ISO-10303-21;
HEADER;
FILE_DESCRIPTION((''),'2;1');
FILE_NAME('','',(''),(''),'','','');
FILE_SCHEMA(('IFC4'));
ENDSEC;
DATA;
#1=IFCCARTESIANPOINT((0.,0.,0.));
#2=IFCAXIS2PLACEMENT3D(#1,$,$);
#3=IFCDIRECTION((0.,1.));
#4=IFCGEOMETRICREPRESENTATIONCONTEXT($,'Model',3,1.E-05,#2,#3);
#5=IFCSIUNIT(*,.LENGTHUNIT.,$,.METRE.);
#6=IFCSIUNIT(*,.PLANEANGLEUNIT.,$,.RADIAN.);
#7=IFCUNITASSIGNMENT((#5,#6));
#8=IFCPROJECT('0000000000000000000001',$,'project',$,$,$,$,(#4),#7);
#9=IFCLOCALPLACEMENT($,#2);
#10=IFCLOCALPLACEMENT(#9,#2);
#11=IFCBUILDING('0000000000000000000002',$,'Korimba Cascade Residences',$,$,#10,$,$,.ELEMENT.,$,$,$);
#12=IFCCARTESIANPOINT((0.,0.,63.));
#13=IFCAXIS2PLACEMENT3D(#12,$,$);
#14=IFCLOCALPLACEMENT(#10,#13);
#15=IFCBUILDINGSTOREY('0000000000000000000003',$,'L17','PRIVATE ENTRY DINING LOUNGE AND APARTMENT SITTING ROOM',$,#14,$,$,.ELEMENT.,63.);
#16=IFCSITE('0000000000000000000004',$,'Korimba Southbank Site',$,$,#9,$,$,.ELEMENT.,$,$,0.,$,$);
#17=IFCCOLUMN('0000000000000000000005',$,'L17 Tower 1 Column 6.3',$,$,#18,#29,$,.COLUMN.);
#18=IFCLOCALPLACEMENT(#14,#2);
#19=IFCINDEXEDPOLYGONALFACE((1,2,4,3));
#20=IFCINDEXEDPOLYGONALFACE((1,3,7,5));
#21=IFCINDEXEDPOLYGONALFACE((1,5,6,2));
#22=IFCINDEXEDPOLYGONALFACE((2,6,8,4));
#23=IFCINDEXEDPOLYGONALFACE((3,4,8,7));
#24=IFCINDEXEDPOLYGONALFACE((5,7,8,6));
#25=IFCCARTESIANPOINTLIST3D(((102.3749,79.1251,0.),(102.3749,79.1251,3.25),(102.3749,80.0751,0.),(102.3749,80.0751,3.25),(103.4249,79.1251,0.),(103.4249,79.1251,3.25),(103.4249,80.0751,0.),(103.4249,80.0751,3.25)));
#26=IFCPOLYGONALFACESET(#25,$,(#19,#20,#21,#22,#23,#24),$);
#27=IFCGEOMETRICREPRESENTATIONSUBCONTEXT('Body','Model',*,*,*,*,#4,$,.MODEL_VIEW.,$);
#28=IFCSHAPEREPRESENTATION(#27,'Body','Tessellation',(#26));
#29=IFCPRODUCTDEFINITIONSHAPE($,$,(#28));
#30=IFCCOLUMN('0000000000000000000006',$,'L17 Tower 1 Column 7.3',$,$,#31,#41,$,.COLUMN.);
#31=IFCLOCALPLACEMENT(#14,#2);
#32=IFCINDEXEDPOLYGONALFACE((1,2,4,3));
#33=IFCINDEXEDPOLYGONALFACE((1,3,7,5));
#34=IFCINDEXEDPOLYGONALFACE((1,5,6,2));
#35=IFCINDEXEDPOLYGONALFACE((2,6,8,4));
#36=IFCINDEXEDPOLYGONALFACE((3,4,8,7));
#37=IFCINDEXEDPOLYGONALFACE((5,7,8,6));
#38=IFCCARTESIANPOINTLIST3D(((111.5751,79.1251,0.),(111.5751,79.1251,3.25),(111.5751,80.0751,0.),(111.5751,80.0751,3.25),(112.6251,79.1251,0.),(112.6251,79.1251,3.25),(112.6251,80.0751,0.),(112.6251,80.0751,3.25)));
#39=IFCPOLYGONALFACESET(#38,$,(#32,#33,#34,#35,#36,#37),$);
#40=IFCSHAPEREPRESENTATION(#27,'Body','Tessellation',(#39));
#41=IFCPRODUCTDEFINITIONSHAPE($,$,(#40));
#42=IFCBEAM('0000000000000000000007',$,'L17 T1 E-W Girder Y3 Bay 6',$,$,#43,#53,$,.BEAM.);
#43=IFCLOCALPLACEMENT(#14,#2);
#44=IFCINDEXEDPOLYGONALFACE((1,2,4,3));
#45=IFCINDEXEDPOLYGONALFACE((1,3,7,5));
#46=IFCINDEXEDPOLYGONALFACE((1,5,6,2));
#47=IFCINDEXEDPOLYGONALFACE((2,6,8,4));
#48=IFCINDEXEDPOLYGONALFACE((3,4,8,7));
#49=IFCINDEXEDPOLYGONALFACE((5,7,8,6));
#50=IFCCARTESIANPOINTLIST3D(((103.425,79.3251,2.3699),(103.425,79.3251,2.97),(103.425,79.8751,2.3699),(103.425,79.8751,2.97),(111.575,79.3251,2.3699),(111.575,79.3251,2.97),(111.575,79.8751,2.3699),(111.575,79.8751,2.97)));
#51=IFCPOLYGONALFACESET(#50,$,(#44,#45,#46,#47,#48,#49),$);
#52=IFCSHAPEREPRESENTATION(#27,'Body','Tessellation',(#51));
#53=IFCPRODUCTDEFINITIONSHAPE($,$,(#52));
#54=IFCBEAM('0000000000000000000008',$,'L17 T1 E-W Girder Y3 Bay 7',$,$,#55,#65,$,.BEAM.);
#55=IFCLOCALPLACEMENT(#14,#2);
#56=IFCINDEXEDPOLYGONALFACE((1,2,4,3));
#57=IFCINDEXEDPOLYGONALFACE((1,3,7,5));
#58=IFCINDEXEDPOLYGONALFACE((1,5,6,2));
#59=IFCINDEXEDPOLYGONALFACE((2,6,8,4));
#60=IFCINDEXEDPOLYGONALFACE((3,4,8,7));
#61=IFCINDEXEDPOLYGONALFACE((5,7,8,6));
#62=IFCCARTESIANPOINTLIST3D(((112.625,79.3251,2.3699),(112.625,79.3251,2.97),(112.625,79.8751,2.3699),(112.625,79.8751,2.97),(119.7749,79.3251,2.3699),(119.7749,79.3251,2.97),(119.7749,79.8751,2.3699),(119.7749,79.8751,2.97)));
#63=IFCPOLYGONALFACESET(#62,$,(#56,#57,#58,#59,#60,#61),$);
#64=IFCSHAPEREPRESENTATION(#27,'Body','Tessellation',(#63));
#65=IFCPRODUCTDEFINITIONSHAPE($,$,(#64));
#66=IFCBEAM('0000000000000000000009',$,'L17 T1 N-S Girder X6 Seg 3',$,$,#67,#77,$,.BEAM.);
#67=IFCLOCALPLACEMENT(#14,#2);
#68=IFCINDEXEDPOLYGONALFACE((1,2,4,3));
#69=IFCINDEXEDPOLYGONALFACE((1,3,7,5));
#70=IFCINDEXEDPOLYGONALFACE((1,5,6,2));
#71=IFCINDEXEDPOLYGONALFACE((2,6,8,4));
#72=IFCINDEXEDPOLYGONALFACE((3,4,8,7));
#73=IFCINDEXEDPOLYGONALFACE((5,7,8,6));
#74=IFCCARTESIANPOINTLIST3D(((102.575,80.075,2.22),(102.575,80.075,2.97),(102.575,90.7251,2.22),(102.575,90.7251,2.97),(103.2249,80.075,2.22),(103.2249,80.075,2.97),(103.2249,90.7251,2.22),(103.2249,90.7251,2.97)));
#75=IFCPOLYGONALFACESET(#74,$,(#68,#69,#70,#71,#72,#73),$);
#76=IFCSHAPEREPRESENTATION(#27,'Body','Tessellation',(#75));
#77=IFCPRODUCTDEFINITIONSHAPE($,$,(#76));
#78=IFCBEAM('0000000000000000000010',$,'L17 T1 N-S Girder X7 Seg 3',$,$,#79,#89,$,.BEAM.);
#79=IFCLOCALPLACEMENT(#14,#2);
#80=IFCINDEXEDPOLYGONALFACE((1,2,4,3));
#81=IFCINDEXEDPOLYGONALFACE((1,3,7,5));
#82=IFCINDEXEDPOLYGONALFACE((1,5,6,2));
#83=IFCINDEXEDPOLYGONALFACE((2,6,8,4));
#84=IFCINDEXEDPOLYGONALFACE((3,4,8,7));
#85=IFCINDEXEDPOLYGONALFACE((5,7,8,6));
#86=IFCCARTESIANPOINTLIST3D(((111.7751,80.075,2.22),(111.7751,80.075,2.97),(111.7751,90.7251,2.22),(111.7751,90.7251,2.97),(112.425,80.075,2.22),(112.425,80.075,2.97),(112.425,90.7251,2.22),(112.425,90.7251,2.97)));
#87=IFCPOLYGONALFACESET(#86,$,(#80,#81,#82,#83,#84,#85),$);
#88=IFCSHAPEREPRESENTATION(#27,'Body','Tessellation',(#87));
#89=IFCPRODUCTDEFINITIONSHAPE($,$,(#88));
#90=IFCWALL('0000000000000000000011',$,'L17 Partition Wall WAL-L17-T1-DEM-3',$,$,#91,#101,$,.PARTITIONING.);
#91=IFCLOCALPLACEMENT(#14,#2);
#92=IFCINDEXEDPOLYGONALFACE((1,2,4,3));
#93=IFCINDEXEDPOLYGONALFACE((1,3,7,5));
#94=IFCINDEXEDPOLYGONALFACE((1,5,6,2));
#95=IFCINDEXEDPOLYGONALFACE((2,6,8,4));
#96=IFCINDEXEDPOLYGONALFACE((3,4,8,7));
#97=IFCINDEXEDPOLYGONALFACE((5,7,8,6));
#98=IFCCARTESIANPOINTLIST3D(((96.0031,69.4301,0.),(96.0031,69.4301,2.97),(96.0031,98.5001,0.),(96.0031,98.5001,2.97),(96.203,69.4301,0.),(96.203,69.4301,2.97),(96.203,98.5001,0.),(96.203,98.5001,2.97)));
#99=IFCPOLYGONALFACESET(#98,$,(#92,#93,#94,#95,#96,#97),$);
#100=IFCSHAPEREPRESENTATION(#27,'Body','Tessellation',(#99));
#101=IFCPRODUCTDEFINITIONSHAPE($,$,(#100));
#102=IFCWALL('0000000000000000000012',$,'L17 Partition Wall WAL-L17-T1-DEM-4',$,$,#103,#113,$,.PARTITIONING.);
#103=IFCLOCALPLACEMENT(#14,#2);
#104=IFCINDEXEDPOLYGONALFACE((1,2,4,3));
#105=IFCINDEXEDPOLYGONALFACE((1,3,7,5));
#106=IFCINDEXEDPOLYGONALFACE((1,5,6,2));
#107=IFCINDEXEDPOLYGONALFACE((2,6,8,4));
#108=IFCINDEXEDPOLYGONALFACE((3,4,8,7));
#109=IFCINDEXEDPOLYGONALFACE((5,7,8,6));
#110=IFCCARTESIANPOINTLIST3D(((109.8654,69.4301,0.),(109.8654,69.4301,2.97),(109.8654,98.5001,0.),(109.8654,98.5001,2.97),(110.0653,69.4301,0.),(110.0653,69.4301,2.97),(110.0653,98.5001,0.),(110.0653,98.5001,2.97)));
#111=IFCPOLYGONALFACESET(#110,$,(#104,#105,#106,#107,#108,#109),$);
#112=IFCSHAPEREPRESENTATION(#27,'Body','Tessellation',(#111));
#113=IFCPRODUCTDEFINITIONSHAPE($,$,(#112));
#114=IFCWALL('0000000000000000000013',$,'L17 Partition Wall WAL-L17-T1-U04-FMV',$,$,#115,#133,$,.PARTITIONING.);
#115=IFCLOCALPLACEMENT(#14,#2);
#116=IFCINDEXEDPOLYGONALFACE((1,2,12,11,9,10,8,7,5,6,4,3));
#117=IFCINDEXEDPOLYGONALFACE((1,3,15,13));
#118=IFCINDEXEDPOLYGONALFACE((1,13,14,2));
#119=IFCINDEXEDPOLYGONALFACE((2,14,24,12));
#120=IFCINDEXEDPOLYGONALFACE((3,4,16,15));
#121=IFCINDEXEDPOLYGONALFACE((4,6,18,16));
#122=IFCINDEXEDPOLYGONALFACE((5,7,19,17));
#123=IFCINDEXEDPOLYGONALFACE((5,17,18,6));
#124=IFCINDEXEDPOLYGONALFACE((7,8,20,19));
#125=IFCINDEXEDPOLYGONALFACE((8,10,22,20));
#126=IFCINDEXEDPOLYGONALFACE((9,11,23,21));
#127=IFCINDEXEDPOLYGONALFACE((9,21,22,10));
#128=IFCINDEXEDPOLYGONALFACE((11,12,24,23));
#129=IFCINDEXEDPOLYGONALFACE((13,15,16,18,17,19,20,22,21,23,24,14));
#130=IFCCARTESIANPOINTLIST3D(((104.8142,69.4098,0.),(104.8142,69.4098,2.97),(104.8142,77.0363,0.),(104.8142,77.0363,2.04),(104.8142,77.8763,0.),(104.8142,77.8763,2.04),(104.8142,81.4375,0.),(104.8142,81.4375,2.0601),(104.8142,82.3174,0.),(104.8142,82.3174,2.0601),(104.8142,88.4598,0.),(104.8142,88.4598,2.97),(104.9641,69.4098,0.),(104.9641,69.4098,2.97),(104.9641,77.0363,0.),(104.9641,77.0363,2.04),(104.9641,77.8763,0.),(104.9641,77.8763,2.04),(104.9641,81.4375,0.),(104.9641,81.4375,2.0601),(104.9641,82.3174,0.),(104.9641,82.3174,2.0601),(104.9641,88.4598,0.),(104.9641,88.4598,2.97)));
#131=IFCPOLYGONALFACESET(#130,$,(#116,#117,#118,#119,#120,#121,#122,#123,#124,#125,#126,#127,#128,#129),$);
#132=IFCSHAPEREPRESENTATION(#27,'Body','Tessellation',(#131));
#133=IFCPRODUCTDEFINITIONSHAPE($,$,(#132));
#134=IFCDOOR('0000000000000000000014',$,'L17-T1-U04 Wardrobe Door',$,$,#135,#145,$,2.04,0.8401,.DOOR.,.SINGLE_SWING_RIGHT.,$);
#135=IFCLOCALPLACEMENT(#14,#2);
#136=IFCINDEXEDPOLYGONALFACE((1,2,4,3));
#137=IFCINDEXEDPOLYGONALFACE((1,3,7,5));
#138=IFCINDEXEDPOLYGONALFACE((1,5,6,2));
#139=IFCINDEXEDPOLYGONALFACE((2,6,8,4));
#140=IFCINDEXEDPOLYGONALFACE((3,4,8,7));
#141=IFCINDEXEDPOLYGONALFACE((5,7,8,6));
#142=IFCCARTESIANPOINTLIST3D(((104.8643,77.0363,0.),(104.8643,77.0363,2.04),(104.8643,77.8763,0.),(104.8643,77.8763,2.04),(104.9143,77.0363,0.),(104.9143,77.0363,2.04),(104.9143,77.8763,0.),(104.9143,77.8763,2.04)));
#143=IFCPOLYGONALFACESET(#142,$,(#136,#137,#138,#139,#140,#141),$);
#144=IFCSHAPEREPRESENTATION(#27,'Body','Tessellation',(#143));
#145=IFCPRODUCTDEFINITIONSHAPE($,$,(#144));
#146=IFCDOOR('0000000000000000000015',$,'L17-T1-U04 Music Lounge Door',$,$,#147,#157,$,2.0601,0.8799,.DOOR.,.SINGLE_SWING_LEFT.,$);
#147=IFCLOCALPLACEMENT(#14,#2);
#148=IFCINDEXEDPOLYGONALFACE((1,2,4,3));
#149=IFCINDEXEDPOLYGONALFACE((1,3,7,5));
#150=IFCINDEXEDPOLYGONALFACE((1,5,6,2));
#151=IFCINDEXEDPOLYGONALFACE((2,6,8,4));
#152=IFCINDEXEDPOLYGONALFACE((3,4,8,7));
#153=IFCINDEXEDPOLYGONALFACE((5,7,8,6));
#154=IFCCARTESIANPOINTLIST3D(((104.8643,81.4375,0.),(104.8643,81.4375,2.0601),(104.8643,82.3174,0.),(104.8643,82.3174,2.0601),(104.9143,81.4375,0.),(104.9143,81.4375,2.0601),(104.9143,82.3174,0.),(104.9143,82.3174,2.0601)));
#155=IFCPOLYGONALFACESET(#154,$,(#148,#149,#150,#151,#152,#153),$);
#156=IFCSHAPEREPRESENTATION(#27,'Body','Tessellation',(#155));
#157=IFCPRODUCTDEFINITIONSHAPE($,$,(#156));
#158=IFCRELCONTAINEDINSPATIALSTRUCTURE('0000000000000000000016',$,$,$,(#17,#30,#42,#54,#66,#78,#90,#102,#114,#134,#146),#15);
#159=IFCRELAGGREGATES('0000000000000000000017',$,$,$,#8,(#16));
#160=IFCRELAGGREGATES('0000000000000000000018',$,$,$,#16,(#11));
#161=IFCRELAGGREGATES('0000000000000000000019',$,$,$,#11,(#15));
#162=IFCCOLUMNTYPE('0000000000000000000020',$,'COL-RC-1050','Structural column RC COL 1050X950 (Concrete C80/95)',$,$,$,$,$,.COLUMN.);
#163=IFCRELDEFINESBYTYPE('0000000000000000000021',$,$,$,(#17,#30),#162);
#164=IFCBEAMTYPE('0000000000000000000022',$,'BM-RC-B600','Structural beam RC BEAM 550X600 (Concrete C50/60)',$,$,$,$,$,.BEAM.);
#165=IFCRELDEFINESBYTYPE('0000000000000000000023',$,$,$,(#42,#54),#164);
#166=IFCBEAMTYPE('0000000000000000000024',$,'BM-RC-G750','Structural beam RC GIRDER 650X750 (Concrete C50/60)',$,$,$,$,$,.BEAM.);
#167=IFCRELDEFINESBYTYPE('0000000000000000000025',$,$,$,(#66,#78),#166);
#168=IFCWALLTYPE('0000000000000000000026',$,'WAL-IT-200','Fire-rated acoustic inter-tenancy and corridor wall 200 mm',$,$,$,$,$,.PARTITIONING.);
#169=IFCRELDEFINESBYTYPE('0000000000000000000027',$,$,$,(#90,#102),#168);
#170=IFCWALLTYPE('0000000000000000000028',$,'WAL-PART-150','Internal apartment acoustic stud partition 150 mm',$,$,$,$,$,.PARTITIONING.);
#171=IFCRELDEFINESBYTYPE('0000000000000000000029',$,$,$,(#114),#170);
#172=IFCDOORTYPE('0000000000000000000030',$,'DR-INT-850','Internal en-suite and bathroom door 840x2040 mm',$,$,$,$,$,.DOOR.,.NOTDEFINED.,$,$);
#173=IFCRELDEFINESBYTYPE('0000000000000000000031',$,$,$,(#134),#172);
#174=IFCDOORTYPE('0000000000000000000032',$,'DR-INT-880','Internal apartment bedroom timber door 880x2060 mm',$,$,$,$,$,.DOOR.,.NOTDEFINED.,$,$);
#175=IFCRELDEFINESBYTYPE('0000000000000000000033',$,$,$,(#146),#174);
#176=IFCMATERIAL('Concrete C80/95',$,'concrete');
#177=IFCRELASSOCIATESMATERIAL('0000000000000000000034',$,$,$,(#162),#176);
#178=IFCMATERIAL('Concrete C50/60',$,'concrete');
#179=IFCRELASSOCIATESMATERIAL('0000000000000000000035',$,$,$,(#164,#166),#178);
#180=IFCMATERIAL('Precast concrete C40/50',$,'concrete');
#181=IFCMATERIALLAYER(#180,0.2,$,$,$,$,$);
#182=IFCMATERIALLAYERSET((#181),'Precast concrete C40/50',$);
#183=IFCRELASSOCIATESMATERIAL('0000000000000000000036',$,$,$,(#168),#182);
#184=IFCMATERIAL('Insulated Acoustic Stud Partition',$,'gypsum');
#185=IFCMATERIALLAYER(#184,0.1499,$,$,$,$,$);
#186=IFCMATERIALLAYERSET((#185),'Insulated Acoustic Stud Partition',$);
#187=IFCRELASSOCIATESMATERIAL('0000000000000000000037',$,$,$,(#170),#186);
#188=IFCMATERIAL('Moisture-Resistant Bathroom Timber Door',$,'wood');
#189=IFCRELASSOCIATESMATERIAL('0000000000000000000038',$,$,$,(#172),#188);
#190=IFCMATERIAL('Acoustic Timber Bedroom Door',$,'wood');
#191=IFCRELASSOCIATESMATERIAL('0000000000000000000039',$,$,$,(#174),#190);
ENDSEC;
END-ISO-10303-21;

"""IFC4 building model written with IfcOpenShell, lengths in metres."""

from ifc_helpers import new_model, si_unit, direction, frame, frame_2d, origin, origin_2d, place, context, subcontext, project, spatial, rectangle, extrude, material, layer, layer_set, material_profile, profile_set, type_object, element, fill, save


model = new_model("IFC4")

# Units and contexts
model_context = context("Model", 3, precision=1e-05, world=origin(), true_north=direction((0.0, 1.0)))
body_context = subcontext(model_context, "Body", "Model", "MODEL_VIEW")
ifc_project = project(units=[si_unit("LENGTHUNIT", "METRE"), si_unit("PLANEANGLEUNIT", "RADIAN")], contexts=[model_context])

# Site, building, storey
site_placement = place(None, origin())
site = spatial("IfcSite", under=ifc_project, at=site_placement, Name="Korimba Southbank Site", CompositionType="ELEMENT", RefElevation=0.0)
building_placement = place(site_placement, origin())
building = spatial("IfcBuilding", under=site, at=building_placement, Name="Korimba Cascade Residences", CompositionType="ELEMENT")
storey_placement = place(building_placement, frame((0.0, 0.0, 63.0)))
storey = spatial("IfcBuildingStorey", under=building, at=storey_placement, Name="L17", Description="PRIVATE ENTRY DINING LOUNGE AND APARTMENT SITTING ROOM", CompositionType="ELEMENT", Elevation=63.0)

# Columns
ifc_material_1 = material(Name="Concrete C80/95", Category="concrete")
ifc_material_profile_1 = material_profile(ifc_material_1, rectangle(XDim=1.05, YDim=0.95, at=origin_2d()), Name="Concrete C80/95")
ifc_profile_set_1 = profile_set([ifc_material_profile_1], Name="Concrete C80/95")
column_type = type_object("IfcColumnType", Name="COL-RC-1050", Description="Structural column RC COL 1050X950 (Concrete C80/95)", PredefinedType="COLUMN", material=ifc_profile_set_1)
for number, where, z_axis, x_axis, name in (
    (1, (102.8999, 79.6001, 0.0), (0.0, 0.0, 1.0), (1.0, 0.0, 0.0), "L17 Tower 1 Column 6.3"),
    (2, (112.1001, 79.6001, 0.0), (0.0, 0.0, 1.0), (1.0, 0.0, 0.0), "L17 Tower 1 Column 7.3"),
):
    element("IfcColumn", number, at=place(storey_placement, frame(where, z_axis=z_axis, x_axis=x_axis)), inside=storey, type_object=column_type, Name=name, PredefinedType="COLUMN", context=body_context, shape_type="SweptSolid", body=[
        extrude(rectangle(XDim=1.05, YDim=0.95, at=origin_2d()), origin(), (0.0, 0.0, 1.0), 3.25),
    ])

# Beams
ifc_material_2 = material(Name="Concrete C50/60", Category="concrete")
ifc_material_profile_2 = material_profile(ifc_material_2, rectangle(XDim=0.55, YDim=0.6001, at=origin_2d()), Name="Concrete C50/60")
ifc_profile_set_2 = profile_set([ifc_material_profile_2], Name="Concrete C50/60")
beam_type_1 = type_object("IfcBeamType", Name="BM-RC-B600", Description="Structural beam RC BEAM 550X600 (Concrete C50/60)", PredefinedType="BEAM", material=ifc_profile_set_2)
beam_1_placement = place(storey_placement, frame((103.425, 79.6001, 2.6699), z_axis=(1.0, 0.0, 0.0), x_axis=(0.0, 1.0, 0.0)))
element("IfcBeam", 3, at=beam_1_placement, inside=storey, type_object=beam_type_1, Name="L17 T1 E-W Girder Y3 Bay 6", PredefinedType="BEAM", context=body_context, shape_type="SweptSolid", body=[
    extrude(rectangle(XDim=0.55, YDim=0.6001, at=origin_2d()), origin(), (0.0, 0.0, 1.0), 8.1499),
])
beam_2_placement = place(storey_placement, frame((112.625, 79.6001, 2.6699), z_axis=(1.0, 0.0, 0.0), x_axis=(0.0, 1.0, 0.0)))
element("IfcBeam", 4, at=beam_2_placement, inside=storey, type_object=beam_type_1, Name="L17 T1 E-W Girder Y3 Bay 7", PredefinedType="BEAM", context=body_context, shape_type="SweptSolid", body=[
    extrude(rectangle(XDim=0.55, YDim=0.6001, at=origin_2d()), origin(), (0.0, 0.0, 1.0), 7.1499),
])
ifc_material_profile_3 = material_profile(ifc_material_2, rectangle(XDim=0.6499, YDim=0.75, at=origin_2d()), Name="Concrete C50/60")
ifc_profile_set_3 = profile_set([ifc_material_profile_3], Name="Concrete C50/60")
beam_type_2 = type_object("IfcBeamType", Name="BM-RC-G750", Description="Structural beam RC GIRDER 650X750 (Concrete C50/60)", PredefinedType="BEAM", material=ifc_profile_set_3)
for number, where, z_axis, x_axis, name in (
    (5, (102.8999, 80.075, 2.595), (0.0, 1.0, 0.0), (-1.0, 0.0, 0.0), "L17 T1 N-S Girder X6 Seg 3"),
    (6, (112.1001, 80.075, 2.595), (0.0, 1.0, 0.0), (-1.0, 0.0, 0.0), "L17 T1 N-S Girder X7 Seg 3"),
):
    element("IfcBeam", number, at=place(storey_placement, frame(where, z_axis=z_axis, x_axis=x_axis)), inside=storey, type_object=beam_type_2, Name=name, PredefinedType="BEAM", context=body_context, shape_type="SweptSolid", body=[
        extrude(rectangle(XDim=0.6499, YDim=0.75, at=origin_2d()), origin(), (0.0, 0.0, 1.0), 10.6501),
    ])

# Walls
ifc_material_3 = material(Name="Precast concrete C40/50", Category="concrete")
ifc_layer_1 = layer(ifc_material_3, 0.2)
ifc_layer_set_1 = layer_set([ifc_layer_1], Name="Precast concrete C40/50")
wall_type_1 = type_object("IfcWallType", Name="WAL-IT-200", Description="Fire-rated acoustic inter-tenancy and corridor wall 200 mm", PredefinedType="PARTITIONING", material=ifc_layer_set_1)
for number, where, z_axis, x_axis, name in (
    (7, (96.103, 69.4299, 0.0), (0.0, 0.0, 1.0), (0.0, 1.0, 0.0), "L17 Partition Wall WAL-L17-T1-DEM-3"),
    (8, (109.9653, 69.4299, 0.0), (0.0, 0.0, 1.0), (0.0, 1.0, 0.0), "L17 Partition Wall WAL-L17-T1-DEM-4"),
):
    element("IfcWall", number, at=place(storey_placement, frame(where, z_axis=z_axis, x_axis=x_axis)), inside=storey, type_object=wall_type_1, Name=name, PredefinedType="PARTITIONING", context=body_context, shape_type="SweptSolid", body=[
        extrude(rectangle(XDim=29.0701, YDim=0.2, at=frame_2d((14.5352, 0.0))), origin(), (0.0, 0.0, 1.0), 2.97),
    ])

# Wall, openings, doors
ifc_material_4 = material(Name="Insulated Acoustic Stud Partition", Category="gypsum")
ifc_layer_2 = layer(ifc_material_4, 0.1499)
ifc_layer_set_2 = layer_set([ifc_layer_2], Name="Insulated Acoustic Stud Partition")
wall_type_2 = type_object("IfcWallType", Name="WAL-PART-150", Description="Internal apartment acoustic stud partition 150 mm", PredefinedType="PARTITIONING", material=ifc_layer_set_2)
wall_1_placement = place(storey_placement, frame((104.8892, 69.4099, 0.0), z_axis=(0.0, 0.0, 1.0), x_axis=(0.0, 1.0, 0.0)))
wall_1 = element("IfcWall", 9, at=wall_1_placement, inside=storey, type_object=wall_type_2, Name="L17 Partition Wall WAL-L17-T1-U04-FMV", PredefinedType="PARTITIONING", context=body_context, shape_type="SweptSolid", body=[
    extrude(rectangle(XDim=19.05, YDim=0.1499, at=frame_2d((9.5249, 0.0))), origin(), (0.0, 0.0, 1.0), 2.97),
])
opening_1_placement = place(wall_1_placement, frame((7.6265, 0.0, 0.0)))
opening_1 = element("IfcOpeningElement", 10, at=opening_1_placement, cuts=wall_1, PredefinedType="OPENING", context=body_context, shape_type="SweptSolid", body=[
    extrude(rectangle(XDim=0.8401, YDim=2.04, at=frame_2d((0.4199, 1.02))), frame((0.0, 0.085, 0.0), z_axis=(0.0, -1.0, 0.0), x_axis=(1.0, 0.0, 0.0)), (0.0, 0.0, 1.0), 0.1699),
])
opening_2_placement = place(wall_1_placement, frame((12.0276, 0.0, 0.0)))
opening_2 = element("IfcOpeningElement", 11, at=opening_2_placement, cuts=wall_1, PredefinedType="OPENING", context=body_context, shape_type="SweptSolid", body=[
    extrude(rectangle(XDim=0.8799, YDim=2.0601, at=frame_2d((0.4399, 1.03))), frame((0.0, 0.085, 0.0), z_axis=(0.0, -1.0, 0.0), x_axis=(1.0, 0.0, 0.0)), (0.0, 0.0, 1.0), 0.1699),
])
ifc_material_5 = material(Name="Moisture-Resistant Bathroom Timber Door", Category="wood")
door_type_1 = type_object("IfcDoorType", Name="DR-INT-850", Description="Internal en-suite and bathroom door 840x2040 mm", OperationType="NOTDEFINED", PredefinedType="DOOR", material=ifc_material_5)
door_1_placement = place(opening_1_placement, origin())
door_1 = element("IfcDoor", 12, at=door_1_placement, inside=storey, type_object=door_type_1, Name="L17-T1-U04 Wardrobe Door", OperationType="SINGLE_SWING_RIGHT", OverallHeight=2.04, OverallWidth=0.8401, PredefinedType="DOOR", context=body_context, shape_type="SweptSolid", body=[
    extrude(rectangle(XDim=0.8401, YDim=2.04, at=frame_2d((0.4199, 1.02))), frame((0.0, 0.0249, 0.0), z_axis=(0.0, -1.0, 0.0), x_axis=(1.0, 0.0, 0.0)), (0.0, 0.0, 1.0), 0.05),
])
fill(opening_1, door_1)
ifc_material_6 = material(Name="Acoustic Timber Bedroom Door", Category="wood")
door_type_2 = type_object("IfcDoorType", Name="DR-INT-880", Description="Internal apartment bedroom timber door 880x2060 mm", OperationType="NOTDEFINED", PredefinedType="DOOR", material=ifc_material_6)
door_2_placement = place(opening_2_placement, origin())
door_2 = element("IfcDoor", 13, at=door_2_placement, inside=storey, type_object=door_type_2, Name="L17-T1-U04 Music Lounge Door", OperationType="SINGLE_SWING_LEFT", OverallHeight=2.0601, OverallWidth=0.8799, PredefinedType="DOOR", context=body_context, shape_type="SweptSolid", body=[
    extrude(rectangle(XDim=0.8799, YDim=2.0601, at=frame_2d((0.4399, 1.03))), frame((0.0, 0.0249, 0.0), z_axis=(0.0, -1.0, 0.0), x_axis=(1.0, 0.0, 0.0)), (0.0, 0.0, 1.0), 0.05),
])
fill(opening_2, door_2)

save(model, "model.ifc")
